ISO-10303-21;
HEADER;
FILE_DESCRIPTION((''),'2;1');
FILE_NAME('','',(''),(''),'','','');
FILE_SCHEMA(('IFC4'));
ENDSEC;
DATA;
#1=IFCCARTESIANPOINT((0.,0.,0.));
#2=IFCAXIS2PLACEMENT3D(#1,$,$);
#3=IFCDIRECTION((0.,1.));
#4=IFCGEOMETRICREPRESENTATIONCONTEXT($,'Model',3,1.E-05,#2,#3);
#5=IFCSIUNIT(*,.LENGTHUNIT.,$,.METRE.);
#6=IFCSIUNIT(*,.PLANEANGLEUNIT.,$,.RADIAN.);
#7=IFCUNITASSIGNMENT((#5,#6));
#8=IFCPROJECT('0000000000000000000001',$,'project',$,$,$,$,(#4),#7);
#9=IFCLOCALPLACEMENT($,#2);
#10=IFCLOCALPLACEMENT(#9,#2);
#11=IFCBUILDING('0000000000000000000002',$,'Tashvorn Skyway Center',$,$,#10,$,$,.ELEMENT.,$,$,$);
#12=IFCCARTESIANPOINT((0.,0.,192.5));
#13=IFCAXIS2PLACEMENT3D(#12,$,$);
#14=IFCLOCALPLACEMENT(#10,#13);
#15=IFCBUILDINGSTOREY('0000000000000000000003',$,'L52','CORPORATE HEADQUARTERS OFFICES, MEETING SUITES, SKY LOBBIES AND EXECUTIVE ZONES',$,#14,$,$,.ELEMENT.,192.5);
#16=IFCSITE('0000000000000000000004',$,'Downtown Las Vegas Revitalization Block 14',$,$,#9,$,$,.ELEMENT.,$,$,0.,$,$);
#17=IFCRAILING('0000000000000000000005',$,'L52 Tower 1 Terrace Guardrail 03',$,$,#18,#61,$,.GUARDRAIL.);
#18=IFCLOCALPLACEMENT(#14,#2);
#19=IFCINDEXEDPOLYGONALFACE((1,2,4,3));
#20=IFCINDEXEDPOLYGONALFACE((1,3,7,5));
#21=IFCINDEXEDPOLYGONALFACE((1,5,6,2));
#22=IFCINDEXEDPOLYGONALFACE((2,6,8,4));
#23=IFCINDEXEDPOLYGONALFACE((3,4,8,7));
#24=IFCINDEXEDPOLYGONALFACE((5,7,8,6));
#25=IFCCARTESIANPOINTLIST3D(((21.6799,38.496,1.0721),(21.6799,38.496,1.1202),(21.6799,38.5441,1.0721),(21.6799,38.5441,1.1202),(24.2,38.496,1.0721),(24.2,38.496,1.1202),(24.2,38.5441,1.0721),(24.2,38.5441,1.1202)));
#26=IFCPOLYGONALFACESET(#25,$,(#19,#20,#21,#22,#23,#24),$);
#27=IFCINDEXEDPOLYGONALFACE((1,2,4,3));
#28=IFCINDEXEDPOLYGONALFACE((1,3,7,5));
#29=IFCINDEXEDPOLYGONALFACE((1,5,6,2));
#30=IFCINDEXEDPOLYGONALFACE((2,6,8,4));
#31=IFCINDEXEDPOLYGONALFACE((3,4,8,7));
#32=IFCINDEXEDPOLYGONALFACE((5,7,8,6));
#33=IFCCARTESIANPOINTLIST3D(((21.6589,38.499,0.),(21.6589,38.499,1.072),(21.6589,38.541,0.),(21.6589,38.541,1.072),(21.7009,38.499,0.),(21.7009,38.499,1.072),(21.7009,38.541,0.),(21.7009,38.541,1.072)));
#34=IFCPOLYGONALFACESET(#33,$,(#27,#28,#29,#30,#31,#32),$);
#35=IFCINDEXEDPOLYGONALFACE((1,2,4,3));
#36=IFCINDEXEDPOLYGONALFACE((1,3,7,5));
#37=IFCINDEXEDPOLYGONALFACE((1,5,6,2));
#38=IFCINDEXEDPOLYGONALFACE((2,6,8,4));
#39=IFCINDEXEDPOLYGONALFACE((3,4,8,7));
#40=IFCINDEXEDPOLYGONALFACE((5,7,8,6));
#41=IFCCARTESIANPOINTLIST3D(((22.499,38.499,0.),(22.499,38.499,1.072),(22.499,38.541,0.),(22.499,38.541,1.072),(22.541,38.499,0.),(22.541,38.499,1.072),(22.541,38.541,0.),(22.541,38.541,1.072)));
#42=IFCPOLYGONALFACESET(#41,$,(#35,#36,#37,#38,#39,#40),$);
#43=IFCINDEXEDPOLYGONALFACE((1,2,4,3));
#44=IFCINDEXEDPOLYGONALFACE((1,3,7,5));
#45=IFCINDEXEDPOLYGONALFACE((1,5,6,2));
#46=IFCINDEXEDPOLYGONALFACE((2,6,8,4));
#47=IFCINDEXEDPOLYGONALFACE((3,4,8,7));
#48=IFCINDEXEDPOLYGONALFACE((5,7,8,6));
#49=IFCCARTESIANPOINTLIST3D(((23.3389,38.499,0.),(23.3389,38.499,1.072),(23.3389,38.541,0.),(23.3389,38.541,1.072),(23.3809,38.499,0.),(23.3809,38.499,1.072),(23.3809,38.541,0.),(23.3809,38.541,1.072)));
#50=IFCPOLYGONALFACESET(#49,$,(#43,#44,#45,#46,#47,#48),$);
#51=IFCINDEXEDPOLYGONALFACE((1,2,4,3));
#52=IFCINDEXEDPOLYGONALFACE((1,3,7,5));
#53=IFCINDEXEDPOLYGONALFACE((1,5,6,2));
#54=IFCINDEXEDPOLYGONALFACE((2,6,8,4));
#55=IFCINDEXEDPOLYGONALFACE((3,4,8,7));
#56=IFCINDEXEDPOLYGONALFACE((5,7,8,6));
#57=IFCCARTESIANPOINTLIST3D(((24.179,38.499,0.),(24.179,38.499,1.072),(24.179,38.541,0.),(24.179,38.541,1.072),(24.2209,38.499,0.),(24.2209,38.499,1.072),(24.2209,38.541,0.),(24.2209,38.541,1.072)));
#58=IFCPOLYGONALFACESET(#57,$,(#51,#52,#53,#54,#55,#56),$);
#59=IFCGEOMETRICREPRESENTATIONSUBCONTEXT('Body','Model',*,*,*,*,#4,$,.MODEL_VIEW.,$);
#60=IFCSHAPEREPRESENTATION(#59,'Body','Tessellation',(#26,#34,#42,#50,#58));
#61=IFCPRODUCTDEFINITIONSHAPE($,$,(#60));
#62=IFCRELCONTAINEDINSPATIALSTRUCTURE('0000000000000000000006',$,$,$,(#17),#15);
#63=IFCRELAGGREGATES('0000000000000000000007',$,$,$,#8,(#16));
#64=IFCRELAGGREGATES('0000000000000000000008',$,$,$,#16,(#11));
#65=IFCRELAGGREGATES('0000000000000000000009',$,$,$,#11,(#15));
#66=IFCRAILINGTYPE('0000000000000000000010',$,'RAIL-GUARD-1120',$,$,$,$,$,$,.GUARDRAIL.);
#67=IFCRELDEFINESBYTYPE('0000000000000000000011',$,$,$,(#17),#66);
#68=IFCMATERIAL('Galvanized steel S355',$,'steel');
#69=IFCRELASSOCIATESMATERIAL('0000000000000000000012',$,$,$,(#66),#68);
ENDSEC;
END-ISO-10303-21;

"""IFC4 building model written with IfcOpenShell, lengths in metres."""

from ifc_helpers import new_model, si_unit, direction, frame, origin, origin_2d, place, context, subcontext, project, spatial, rectangle, extrude, material, type_object, element, save


model = new_model("IFC4")

# Units and contexts
model_context = context("Model", 3, precision=1e-05, world=origin(), true_north=direction((0.0, 1.0)))
body_context = subcontext(model_context, "Body", "Model", "MODEL_VIEW")
ifc_project = project(units=[si_unit("LENGTHUNIT", "METRE"), si_unit("PLANEANGLEUNIT", "RADIAN")], contexts=[model_context])

# Site, building, storey
site_placement = place(None, origin())
site = spatial("IfcSite", under=ifc_project, at=site_placement, Name="Downtown Las Vegas Revitalization Block 14", CompositionType="ELEMENT", RefElevation=0.0)
building_placement = place(site_placement, origin())
building = spatial("IfcBuilding", under=site, at=building_placement, Name="Tashvorn Skyway Center", CompositionType="ELEMENT")
storey_placement = place(building_placement, frame((0.0, 0.0, 192.5)))
storey = spatial("IfcBuildingStorey", under=building, at=storey_placement, Name="L52", Description="CORPORATE HEADQUARTERS OFFICES, MEETING SUITES, SKY LOBBIES AND EXECUTIVE ZONES", CompositionType="ELEMENT", Elevation=192.5)

# Railing
ifc_material_1 = material(Name="Galvanized steel S355", Category="steel")
railing_type = type_object("IfcRailingType", Name="RAIL-GUARD-1120", PredefinedType="GUARDRAIL", material=ifc_material_1)
railing_placement = place(storey_placement, frame((21.6799, 38.52, 0.0)))
element("IfcRailing", 1, at=railing_placement, inside=storey, type_object=railing_type, Name="L52 Tower 1 Terrace Guardrail 03", PredefinedType="GUARDRAIL", context=body_context, shape_type="SweptSolid", body=[
    extrude(rectangle(XDim=0.0481, YDim=0.0481, at=origin_2d()), frame((0.0, 0.0, 1.0962), z_axis=(1.0, 0.0, 0.0), x_axis=(0.0, 1.0, 0.0)), (0.0, 0.0, 1.0), 2.52),
    extrude(rectangle(XDim=0.042, YDim=0.042, at=origin_2d()), origin(), (0.0, 0.0, 1.0), 1.072),
    extrude(rectangle(XDim=0.042, YDim=0.042, at=origin_2d()), frame((0.8401, 0.0, 0.0)), (0.0, 0.0, 1.0), 1.072),
    extrude(rectangle(XDim=0.042, YDim=0.042, at=origin_2d()), frame((1.6799, 0.0, 0.0)), (0.0, 0.0, 1.0), 1.072),
    extrude(rectangle(XDim=0.042, YDim=0.042, at=origin_2d()), frame((2.52, 0.0, 0.0)), (0.0, 0.0, 1.0), 1.072),
])

save(model, "model.ifc")
